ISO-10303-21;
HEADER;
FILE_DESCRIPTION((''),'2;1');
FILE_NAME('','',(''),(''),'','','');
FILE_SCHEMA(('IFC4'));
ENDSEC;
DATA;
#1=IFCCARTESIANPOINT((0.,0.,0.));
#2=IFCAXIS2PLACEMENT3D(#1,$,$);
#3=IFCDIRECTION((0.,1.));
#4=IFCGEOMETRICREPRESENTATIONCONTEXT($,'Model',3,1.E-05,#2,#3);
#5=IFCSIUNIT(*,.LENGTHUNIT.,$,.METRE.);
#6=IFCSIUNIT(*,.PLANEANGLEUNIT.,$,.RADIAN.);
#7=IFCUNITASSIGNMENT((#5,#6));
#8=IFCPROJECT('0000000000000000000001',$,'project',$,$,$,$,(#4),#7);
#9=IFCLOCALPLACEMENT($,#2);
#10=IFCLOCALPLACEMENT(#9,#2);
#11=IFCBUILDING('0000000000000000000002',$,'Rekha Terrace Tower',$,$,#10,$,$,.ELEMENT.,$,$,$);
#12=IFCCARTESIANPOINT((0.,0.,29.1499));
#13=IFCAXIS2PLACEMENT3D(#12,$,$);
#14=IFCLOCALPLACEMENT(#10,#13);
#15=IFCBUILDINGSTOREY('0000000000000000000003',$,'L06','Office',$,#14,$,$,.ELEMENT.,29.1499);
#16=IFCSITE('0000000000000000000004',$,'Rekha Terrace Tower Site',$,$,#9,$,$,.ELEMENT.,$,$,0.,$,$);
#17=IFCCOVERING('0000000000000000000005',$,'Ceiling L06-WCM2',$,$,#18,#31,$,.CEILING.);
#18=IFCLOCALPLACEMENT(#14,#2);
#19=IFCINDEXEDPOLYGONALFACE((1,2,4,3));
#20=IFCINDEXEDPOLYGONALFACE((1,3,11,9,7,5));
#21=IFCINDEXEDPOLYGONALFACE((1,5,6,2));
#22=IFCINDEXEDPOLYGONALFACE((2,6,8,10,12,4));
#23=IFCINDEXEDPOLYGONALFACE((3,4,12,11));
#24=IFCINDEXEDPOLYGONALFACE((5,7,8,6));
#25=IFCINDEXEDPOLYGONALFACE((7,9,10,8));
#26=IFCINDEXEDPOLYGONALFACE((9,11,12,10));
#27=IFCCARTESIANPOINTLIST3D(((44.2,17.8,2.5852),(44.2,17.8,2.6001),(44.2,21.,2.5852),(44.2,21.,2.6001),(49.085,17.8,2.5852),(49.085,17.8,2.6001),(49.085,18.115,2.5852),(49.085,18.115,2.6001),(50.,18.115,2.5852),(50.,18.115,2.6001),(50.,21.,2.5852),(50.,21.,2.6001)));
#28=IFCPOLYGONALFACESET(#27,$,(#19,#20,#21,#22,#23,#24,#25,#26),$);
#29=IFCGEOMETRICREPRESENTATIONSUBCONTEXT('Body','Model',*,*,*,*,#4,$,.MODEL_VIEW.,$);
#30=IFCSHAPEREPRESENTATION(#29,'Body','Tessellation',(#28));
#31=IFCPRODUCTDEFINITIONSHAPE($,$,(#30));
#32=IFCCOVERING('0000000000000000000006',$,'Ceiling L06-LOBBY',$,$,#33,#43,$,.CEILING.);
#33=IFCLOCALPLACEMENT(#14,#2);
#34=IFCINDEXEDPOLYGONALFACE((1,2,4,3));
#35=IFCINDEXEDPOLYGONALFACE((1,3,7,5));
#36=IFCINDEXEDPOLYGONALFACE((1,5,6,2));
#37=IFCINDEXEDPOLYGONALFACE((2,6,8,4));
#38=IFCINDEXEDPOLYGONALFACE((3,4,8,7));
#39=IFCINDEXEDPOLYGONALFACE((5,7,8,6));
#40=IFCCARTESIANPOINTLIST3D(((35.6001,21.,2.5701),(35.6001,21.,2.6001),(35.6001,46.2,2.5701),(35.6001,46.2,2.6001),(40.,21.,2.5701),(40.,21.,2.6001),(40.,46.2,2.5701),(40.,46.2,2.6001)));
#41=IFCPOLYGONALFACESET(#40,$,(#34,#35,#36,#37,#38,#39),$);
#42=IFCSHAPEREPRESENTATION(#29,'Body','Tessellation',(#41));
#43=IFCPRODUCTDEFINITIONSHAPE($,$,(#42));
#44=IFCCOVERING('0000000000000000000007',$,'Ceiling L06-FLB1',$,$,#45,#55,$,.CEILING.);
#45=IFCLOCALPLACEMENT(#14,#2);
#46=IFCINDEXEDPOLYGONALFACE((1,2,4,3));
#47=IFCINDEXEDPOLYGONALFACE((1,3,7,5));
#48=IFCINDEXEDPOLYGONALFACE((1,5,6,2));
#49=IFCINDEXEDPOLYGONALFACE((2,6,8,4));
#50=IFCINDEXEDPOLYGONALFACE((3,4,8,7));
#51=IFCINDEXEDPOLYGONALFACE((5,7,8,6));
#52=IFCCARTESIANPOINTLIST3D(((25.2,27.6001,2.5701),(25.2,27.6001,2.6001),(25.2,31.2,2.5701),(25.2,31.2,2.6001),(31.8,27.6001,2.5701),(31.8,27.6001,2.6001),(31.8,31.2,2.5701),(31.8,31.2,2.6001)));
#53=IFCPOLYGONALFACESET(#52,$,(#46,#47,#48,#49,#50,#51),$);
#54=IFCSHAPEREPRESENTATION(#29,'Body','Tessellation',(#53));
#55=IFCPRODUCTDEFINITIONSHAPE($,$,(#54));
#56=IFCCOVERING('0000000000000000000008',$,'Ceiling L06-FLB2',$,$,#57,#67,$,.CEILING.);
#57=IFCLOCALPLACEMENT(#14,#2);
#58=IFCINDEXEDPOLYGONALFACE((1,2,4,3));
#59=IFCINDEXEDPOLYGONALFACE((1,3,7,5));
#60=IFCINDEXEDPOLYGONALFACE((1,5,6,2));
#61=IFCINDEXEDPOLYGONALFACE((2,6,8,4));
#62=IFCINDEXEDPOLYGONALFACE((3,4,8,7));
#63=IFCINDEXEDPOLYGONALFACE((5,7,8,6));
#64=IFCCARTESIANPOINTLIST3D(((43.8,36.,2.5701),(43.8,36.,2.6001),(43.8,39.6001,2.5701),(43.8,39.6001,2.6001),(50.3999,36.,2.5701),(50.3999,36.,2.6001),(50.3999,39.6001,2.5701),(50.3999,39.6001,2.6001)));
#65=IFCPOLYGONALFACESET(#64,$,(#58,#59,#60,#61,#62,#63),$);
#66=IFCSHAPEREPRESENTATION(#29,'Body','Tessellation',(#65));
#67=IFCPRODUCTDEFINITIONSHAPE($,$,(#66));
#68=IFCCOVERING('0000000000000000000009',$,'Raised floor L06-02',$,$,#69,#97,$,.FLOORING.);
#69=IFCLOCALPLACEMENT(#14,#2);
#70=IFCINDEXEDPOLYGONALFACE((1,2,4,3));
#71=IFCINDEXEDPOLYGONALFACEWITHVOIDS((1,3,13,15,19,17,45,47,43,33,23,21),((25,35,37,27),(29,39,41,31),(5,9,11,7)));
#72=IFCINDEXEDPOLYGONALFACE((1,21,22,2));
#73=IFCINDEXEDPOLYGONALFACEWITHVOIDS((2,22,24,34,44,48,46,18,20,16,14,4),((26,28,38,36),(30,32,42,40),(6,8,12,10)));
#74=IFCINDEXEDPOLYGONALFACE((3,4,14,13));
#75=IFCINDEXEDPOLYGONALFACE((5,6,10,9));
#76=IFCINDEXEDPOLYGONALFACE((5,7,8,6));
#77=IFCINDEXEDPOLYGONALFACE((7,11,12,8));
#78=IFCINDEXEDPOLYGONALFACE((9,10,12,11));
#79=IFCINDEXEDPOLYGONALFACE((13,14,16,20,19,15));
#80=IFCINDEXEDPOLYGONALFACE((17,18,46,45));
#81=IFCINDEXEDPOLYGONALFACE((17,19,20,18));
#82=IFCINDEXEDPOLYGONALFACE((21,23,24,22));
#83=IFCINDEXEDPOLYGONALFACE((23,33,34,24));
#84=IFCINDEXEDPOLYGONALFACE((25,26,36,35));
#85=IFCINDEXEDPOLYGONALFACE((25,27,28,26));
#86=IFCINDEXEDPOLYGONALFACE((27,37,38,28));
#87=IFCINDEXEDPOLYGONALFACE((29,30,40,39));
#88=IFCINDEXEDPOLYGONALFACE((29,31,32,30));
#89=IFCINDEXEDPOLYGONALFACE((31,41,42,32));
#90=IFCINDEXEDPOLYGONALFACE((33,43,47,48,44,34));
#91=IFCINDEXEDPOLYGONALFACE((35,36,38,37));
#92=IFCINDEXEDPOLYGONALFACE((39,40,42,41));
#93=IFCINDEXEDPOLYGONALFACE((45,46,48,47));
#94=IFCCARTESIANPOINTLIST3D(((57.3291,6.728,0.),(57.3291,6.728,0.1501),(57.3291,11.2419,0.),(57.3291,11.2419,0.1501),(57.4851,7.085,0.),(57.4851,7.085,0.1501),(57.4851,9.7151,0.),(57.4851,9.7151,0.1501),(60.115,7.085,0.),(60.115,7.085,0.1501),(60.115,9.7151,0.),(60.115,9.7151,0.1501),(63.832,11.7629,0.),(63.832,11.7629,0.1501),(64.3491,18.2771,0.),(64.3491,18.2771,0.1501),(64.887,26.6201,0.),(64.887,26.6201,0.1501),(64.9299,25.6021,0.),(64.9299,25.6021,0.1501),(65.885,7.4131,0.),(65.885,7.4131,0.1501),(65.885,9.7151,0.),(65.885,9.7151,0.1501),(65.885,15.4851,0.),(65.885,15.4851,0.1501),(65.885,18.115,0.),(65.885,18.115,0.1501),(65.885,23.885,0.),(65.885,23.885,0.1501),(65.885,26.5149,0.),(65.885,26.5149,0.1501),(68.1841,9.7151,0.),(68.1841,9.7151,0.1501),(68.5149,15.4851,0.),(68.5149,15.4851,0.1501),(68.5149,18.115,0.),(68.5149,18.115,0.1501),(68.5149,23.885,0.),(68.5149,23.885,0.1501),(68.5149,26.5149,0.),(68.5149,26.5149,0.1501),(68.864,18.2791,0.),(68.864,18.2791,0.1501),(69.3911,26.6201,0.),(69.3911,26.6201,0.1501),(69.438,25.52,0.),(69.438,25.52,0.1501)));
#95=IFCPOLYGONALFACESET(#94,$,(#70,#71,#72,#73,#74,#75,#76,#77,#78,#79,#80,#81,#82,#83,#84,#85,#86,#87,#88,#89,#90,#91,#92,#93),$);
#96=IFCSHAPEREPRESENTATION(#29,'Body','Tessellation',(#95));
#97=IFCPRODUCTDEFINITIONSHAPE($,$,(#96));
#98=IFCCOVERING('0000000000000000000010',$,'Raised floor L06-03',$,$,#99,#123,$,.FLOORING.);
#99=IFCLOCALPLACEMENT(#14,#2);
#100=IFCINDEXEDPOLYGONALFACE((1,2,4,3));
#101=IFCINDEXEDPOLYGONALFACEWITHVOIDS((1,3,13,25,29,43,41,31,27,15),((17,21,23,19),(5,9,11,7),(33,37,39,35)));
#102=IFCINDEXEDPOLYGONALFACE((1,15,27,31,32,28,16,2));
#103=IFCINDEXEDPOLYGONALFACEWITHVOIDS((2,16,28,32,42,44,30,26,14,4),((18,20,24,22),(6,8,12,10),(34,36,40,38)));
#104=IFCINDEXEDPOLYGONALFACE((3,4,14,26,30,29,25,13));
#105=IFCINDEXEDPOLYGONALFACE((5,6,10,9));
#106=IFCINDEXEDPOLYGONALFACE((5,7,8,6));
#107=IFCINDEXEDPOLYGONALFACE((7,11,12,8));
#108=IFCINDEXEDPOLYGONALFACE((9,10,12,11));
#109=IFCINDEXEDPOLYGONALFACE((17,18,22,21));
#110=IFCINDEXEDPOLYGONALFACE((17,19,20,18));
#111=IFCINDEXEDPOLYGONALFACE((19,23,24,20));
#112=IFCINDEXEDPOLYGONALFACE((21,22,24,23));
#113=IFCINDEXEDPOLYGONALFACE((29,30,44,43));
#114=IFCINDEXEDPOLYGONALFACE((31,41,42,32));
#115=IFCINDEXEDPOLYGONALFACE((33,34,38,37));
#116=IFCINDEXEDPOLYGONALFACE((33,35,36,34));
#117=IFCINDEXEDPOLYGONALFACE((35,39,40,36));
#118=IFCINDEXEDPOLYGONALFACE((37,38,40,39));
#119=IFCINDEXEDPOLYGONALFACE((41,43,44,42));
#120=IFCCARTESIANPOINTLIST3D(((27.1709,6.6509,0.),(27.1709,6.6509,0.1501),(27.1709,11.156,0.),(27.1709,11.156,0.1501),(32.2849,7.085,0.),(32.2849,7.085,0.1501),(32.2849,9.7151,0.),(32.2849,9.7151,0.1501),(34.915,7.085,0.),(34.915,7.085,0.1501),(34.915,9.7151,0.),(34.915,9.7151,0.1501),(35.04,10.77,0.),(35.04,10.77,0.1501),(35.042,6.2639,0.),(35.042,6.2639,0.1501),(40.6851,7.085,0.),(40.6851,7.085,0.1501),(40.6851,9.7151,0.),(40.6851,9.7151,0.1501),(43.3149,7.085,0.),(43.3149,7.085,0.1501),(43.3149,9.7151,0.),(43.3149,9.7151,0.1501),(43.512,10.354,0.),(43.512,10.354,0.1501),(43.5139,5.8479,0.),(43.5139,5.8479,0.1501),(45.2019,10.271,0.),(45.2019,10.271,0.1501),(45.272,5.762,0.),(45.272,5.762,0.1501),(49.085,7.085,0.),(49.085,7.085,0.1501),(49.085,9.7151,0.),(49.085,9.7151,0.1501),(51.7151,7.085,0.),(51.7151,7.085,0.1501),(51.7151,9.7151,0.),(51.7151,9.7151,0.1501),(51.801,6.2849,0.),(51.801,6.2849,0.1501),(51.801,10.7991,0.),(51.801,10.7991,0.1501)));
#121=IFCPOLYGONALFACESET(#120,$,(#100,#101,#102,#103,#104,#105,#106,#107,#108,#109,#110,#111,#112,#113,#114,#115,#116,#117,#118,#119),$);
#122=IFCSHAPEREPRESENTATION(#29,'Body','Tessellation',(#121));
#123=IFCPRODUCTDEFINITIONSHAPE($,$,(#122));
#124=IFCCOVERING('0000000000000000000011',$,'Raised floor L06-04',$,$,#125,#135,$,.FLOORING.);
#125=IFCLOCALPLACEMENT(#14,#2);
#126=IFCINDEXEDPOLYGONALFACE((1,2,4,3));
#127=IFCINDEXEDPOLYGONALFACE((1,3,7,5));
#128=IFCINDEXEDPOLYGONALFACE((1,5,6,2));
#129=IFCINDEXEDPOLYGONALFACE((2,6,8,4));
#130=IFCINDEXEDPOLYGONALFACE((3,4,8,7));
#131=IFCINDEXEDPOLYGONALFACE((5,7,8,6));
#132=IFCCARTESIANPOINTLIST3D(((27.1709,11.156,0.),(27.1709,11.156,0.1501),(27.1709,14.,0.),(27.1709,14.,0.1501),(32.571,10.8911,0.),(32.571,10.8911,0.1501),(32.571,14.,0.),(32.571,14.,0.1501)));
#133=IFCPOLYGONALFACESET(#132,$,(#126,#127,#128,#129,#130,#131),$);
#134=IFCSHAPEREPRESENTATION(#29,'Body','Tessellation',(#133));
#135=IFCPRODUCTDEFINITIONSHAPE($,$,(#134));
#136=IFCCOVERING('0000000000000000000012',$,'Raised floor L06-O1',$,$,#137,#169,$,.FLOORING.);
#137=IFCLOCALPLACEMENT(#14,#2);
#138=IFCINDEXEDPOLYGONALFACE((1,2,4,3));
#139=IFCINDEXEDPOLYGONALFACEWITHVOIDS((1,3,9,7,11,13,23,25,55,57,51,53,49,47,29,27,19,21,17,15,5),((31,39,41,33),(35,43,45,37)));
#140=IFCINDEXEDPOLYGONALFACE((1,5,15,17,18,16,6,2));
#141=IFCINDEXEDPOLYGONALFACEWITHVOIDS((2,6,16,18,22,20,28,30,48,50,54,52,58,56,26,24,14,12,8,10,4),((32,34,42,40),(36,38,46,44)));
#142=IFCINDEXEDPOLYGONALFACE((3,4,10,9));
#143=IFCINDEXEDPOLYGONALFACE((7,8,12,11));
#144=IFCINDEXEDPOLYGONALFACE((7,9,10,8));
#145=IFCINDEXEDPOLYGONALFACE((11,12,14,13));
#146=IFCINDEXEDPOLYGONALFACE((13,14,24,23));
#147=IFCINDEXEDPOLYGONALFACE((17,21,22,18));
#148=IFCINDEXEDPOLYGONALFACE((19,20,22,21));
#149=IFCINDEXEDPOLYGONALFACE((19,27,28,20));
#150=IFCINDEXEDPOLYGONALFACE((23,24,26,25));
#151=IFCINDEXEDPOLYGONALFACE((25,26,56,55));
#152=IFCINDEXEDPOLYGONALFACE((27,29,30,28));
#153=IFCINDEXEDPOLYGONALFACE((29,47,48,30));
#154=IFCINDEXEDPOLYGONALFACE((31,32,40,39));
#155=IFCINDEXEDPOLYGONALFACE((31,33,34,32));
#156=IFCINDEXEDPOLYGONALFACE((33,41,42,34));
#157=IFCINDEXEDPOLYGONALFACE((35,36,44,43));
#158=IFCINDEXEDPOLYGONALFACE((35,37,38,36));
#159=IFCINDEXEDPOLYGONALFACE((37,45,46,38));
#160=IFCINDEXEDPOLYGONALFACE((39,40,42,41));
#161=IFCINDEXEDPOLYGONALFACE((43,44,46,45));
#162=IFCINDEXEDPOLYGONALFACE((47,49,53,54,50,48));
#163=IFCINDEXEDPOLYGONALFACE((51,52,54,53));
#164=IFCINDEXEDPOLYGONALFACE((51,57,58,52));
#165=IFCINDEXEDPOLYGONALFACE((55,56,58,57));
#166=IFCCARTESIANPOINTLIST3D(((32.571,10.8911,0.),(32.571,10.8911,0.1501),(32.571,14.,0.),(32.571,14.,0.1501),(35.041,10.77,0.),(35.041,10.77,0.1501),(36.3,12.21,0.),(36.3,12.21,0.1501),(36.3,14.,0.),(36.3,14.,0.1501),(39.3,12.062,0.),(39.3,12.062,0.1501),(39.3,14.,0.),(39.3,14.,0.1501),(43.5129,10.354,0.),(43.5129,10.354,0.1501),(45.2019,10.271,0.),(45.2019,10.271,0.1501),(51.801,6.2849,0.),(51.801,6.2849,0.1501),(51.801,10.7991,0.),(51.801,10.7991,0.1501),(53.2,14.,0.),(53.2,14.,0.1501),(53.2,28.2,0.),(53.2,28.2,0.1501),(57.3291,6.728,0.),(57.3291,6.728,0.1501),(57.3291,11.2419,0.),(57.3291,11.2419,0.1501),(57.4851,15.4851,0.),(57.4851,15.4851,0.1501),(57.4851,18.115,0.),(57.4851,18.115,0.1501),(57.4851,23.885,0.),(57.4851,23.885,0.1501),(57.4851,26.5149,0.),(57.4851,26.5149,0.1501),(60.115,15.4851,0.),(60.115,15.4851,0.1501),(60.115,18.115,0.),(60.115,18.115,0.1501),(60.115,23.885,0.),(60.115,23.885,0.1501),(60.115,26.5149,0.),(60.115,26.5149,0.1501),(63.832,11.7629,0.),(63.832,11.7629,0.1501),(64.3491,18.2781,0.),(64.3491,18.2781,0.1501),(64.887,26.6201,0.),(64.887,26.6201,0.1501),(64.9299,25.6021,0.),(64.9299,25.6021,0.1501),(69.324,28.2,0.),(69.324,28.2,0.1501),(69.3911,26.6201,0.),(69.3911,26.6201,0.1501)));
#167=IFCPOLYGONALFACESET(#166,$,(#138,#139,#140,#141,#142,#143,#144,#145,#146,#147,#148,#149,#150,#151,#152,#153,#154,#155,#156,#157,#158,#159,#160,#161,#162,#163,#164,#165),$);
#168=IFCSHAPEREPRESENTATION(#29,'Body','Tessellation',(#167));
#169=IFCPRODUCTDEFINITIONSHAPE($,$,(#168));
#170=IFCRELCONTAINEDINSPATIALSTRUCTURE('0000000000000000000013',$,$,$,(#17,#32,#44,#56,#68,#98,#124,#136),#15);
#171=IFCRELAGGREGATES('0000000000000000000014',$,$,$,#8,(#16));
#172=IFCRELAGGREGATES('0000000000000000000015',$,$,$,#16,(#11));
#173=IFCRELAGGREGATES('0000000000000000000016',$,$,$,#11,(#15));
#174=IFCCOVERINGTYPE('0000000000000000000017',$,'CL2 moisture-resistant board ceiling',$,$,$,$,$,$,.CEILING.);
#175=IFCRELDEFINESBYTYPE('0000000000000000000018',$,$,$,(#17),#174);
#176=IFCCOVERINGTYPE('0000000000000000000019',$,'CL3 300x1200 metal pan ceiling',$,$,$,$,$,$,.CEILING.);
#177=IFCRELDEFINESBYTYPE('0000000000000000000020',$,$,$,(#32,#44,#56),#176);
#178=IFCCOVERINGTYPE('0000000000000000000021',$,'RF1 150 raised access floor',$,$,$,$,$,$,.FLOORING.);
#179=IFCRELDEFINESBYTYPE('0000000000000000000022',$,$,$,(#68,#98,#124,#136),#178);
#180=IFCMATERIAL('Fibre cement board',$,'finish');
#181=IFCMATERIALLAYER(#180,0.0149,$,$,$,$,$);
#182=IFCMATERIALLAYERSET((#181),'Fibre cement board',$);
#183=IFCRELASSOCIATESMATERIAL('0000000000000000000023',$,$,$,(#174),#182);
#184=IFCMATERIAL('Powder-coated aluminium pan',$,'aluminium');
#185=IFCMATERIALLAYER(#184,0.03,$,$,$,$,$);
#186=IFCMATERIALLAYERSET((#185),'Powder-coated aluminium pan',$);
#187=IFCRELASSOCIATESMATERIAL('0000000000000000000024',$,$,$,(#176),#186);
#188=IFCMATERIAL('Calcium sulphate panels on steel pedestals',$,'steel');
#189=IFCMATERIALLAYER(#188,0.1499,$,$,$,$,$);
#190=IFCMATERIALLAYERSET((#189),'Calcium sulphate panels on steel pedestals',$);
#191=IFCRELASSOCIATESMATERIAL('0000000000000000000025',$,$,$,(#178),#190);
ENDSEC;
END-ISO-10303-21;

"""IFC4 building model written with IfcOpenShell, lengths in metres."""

from ifc_helpers import new_model, si_unit, direction, frame, origin, place, context, subcontext, project, spatial, polyline, outline, extrude, material, layer, layer_set, type_object, element, save


model = new_model("IFC4")

# Units and contexts
model_context = context("Model", 3, precision=1e-05, world=origin(), true_north=direction((0.0, 1.0)))
body_context = subcontext(model_context, "Body", "Model", "MODEL_VIEW")
ifc_project = project(units=[si_unit("LENGTHUNIT", "METRE"), si_unit("PLANEANGLEUNIT", "RADIAN")], contexts=[model_context])

# Site, building, storey
site_placement = place(None, origin())
site = spatial("IfcSite", under=ifc_project, at=site_placement, Name="Rekha Terrace Tower Site", CompositionType="ELEMENT", RefElevation=0.0)
building_placement = place(site_placement, origin())
building = spatial("IfcBuilding", under=site, at=building_placement, Name="Rekha Terrace Tower", CompositionType="ELEMENT")
storey_placement = place(building_placement, frame((0.0, 0.0, 29.1499)))
storey = spatial("IfcBuildingStorey", under=building, at=storey_placement, Name="L06", Description="Office", CompositionType="ELEMENT", Elevation=29.1499)

# Coverings
ifc_material_1 = material(Name="Fibre cement board", Category="finish")
ifc_layer_1 = layer(ifc_material_1, 0.0149)
ifc_layer_set_1 = layer_set([ifc_layer_1], Name="Fibre cement board")
covering_type_1 = type_object("IfcCoveringType", Name="CL2 moisture-resistant board ceiling", PredefinedType="CEILING", material=ifc_layer_set_1)
covering_1_placement = place(storey_placement, frame((0.0, 0.0, 2.5852)))
element("IfcCovering", 1, at=covering_1_placement, inside=storey, type_object=covering_type_1, Name="Ceiling L06-WCM2", PredefinedType="CEILING", context=body_context, shape_type="SweptSolid", body=[
    extrude(outline(polyline([(50.0, 21.0), (44.2, 21.0), (44.2, 17.8), (49.085, 17.8), (49.085, 18.115), (50.0, 18.115), (50.0, 21.0)])), origin(), (0.0, 0.0, 1.0), 0.0149),
])
ifc_material_2 = material(Name="Powder-coated aluminium pan", Category="aluminium")
ifc_layer_2 = layer(ifc_material_2, 0.03)
ifc_layer_set_2 = layer_set([ifc_layer_2], Name="Powder-coated aluminium pan")
covering_type_2 = type_object("IfcCoveringType", Name="CL3 300x1200 metal pan ceiling", PredefinedType="CEILING", material=ifc_layer_set_2)
covering_2_placement = place(storey_placement, frame((0.0, 0.0, 2.5701)))
element("IfcCovering", 2, at=covering_2_placement, inside=storey, type_object=covering_type_2, Name="Ceiling L06-LOBBY", PredefinedType="CEILING", context=body_context, shape_type="SweptSolid", body=[
    extrude(outline(polyline([(40.0, 46.2), (35.6001, 46.2), (35.6001, 21.0), (40.0, 21.0), (40.0, 46.2)])), origin(), (0.0, 0.0, 1.0), 0.03),
])
covering_3_placement = place(storey_placement, frame((0.0, 0.0, 2.5701)))
element("IfcCovering", 3, at=covering_3_placement, inside=storey, type_object=covering_type_2, Name="Ceiling L06-FLB1", PredefinedType="CEILING", context=body_context, shape_type="SweptSolid", body=[
    extrude(outline(polyline([(31.8, 31.2), (25.2, 31.2), (25.2, 27.6001), (31.8, 27.6001), (31.8, 31.2)])), origin(), (0.0, 0.0, 1.0), 0.03),
])
covering_4_placement = place(storey_placement, frame((0.0, 0.0, 2.5701)))
element("IfcCovering", 4, at=covering_4_placement, inside=storey, type_object=covering_type_2, Name="Ceiling L06-FLB2", PredefinedType="CEILING", context=body_context, shape_type="SweptSolid", body=[
    extrude(outline(polyline([(50.3999, 39.6001), (43.8, 39.6001), (43.8, 36.0), (50.3999, 36.0), (50.3999, 39.6001)])), origin(), (0.0, 0.0, 1.0), 0.03),
])
ifc_material_3 = material(Name="Calcium sulphate panels on steel pedestals", Category="steel")
ifc_layer_3 = layer(ifc_material_3, 0.1499)
ifc_layer_set_3 = layer_set([ifc_layer_3], Name="Calcium sulphate panels on steel pedestals")
covering_type_3 = type_object("IfcCoveringType", Name="RF1 150 raised access floor", PredefinedType="FLOORING", material=ifc_layer_set_3)
covering_5_placement = place(storey_placement, origin())
element("IfcCovering", 5, at=covering_5_placement, inside=storey, type_object=covering_type_3, Name="Raised floor L06-02", PredefinedType="FLOORING", context=body_context, shape_type="SweptSolid", body=[
    extrude(outline(polyline([(69.3911, 26.6201), (64.887, 26.6201), (64.9299, 25.6021), (64.3491, 18.2771), (63.832, 11.7629), (57.3291, 11.2419), (57.3291, 6.728), (65.885, 7.4131), (65.885, 9.7151), (68.1841, 9.7151), (68.864, 18.2791), (69.438, 25.52), (69.3911, 26.6201)]), holes=[polyline([(68.5149, 15.4851), (65.885, 15.4851), (65.885, 18.115), (68.5149, 18.115), (68.5149, 15.4851)]), polyline([(68.5149, 23.885), (65.885, 23.885), (65.885, 26.5149), (68.5149, 26.5149), (68.5149, 23.885)]), polyline([(60.115, 7.085), (57.4851, 7.085), (57.4851, 9.7151), (60.115, 9.7151), (60.115, 7.085)])]), origin(), (0.0, 0.0, 1.0), 0.1501),
])
covering_6_placement = place(storey_placement, origin())
element("IfcCovering", 6, at=covering_6_placement, inside=storey, type_object=covering_type_3, Name="Raised floor L06-03", PredefinedType="FLOORING", context=body_context, shape_type="SweptSolid", body=[
    extrude(outline(polyline([(43.512, 10.354), (35.04, 10.77), (27.1709, 11.156), (27.1709, 6.6509), (35.042, 6.2639), (43.5139, 5.8479), (45.272, 5.762), (51.801, 6.2849), (51.801, 10.7991), (45.2019, 10.271), (43.512, 10.354)]), holes=[polyline([(51.7151, 7.085), (49.085, 7.085), (49.085, 9.7151), (51.7151, 9.7151), (51.7151, 7.085)]), polyline([(43.3149, 7.085), (40.6851, 7.085), (40.6851, 9.7151), (43.3149, 9.7151), (43.3149, 7.085)]), polyline([(34.915, 7.085), (32.2849, 7.085), (32.2849, 9.7151), (34.915, 9.7151), (34.915, 7.085)])]), origin(), (0.0, 0.0, 1.0), 0.1501),
])
covering_7_placement = place(storey_placement, origin())
element("IfcCovering", 7, at=covering_7_placement, inside=storey, type_object=covering_type_3, Name="Raised floor L06-04", PredefinedType="FLOORING", context=body_context, shape_type="SweptSolid", body=[
    extrude(outline(polyline([(32.571, 10.8911), (32.571, 14.0), (27.1709, 14.0), (27.1709, 11.156), (32.571, 10.8911)])), origin(), (0.0, 0.0, 1.0), 0.1501),
])
covering_8_placement = place(storey_placement, origin())
element("IfcCovering", 8, at=covering_8_placement, inside=storey, type_object=covering_type_3, Name="Raised floor L06-O1", PredefinedType="FLOORING", context=body_context, shape_type="SweptSolid", body=[
    extrude(outline(polyline([(32.571, 10.8911), (35.041, 10.77), (43.5129, 10.354), (45.2019, 10.271), (51.801, 10.7991), (51.801, 6.2849), (57.3291, 6.728), (57.3291, 11.2419), (63.832, 11.7629), (64.3491, 18.2781), (64.9299, 25.6021), (64.887, 26.6201), (69.3911, 26.6201), (69.324, 28.2), (53.2, 28.2), (53.2, 14.0), (39.3, 14.0), (39.3, 12.062), (36.3, 12.21), (36.3, 14.0), (32.571, 14.0), (32.571, 10.8911)]), holes=[polyline([(60.115, 18.115), (60.115, 15.4851), (57.4851, 15.4851), (57.4851, 18.115), (60.115, 18.115)]), polyline([(60.115, 23.885), (57.4851, 23.885), (57.4851, 26.5149), (60.115, 26.5149), (60.115, 23.885)])]), origin(), (0.0, 0.0, 1.0), 0.1501),
])

save(model, "model.ifc")
